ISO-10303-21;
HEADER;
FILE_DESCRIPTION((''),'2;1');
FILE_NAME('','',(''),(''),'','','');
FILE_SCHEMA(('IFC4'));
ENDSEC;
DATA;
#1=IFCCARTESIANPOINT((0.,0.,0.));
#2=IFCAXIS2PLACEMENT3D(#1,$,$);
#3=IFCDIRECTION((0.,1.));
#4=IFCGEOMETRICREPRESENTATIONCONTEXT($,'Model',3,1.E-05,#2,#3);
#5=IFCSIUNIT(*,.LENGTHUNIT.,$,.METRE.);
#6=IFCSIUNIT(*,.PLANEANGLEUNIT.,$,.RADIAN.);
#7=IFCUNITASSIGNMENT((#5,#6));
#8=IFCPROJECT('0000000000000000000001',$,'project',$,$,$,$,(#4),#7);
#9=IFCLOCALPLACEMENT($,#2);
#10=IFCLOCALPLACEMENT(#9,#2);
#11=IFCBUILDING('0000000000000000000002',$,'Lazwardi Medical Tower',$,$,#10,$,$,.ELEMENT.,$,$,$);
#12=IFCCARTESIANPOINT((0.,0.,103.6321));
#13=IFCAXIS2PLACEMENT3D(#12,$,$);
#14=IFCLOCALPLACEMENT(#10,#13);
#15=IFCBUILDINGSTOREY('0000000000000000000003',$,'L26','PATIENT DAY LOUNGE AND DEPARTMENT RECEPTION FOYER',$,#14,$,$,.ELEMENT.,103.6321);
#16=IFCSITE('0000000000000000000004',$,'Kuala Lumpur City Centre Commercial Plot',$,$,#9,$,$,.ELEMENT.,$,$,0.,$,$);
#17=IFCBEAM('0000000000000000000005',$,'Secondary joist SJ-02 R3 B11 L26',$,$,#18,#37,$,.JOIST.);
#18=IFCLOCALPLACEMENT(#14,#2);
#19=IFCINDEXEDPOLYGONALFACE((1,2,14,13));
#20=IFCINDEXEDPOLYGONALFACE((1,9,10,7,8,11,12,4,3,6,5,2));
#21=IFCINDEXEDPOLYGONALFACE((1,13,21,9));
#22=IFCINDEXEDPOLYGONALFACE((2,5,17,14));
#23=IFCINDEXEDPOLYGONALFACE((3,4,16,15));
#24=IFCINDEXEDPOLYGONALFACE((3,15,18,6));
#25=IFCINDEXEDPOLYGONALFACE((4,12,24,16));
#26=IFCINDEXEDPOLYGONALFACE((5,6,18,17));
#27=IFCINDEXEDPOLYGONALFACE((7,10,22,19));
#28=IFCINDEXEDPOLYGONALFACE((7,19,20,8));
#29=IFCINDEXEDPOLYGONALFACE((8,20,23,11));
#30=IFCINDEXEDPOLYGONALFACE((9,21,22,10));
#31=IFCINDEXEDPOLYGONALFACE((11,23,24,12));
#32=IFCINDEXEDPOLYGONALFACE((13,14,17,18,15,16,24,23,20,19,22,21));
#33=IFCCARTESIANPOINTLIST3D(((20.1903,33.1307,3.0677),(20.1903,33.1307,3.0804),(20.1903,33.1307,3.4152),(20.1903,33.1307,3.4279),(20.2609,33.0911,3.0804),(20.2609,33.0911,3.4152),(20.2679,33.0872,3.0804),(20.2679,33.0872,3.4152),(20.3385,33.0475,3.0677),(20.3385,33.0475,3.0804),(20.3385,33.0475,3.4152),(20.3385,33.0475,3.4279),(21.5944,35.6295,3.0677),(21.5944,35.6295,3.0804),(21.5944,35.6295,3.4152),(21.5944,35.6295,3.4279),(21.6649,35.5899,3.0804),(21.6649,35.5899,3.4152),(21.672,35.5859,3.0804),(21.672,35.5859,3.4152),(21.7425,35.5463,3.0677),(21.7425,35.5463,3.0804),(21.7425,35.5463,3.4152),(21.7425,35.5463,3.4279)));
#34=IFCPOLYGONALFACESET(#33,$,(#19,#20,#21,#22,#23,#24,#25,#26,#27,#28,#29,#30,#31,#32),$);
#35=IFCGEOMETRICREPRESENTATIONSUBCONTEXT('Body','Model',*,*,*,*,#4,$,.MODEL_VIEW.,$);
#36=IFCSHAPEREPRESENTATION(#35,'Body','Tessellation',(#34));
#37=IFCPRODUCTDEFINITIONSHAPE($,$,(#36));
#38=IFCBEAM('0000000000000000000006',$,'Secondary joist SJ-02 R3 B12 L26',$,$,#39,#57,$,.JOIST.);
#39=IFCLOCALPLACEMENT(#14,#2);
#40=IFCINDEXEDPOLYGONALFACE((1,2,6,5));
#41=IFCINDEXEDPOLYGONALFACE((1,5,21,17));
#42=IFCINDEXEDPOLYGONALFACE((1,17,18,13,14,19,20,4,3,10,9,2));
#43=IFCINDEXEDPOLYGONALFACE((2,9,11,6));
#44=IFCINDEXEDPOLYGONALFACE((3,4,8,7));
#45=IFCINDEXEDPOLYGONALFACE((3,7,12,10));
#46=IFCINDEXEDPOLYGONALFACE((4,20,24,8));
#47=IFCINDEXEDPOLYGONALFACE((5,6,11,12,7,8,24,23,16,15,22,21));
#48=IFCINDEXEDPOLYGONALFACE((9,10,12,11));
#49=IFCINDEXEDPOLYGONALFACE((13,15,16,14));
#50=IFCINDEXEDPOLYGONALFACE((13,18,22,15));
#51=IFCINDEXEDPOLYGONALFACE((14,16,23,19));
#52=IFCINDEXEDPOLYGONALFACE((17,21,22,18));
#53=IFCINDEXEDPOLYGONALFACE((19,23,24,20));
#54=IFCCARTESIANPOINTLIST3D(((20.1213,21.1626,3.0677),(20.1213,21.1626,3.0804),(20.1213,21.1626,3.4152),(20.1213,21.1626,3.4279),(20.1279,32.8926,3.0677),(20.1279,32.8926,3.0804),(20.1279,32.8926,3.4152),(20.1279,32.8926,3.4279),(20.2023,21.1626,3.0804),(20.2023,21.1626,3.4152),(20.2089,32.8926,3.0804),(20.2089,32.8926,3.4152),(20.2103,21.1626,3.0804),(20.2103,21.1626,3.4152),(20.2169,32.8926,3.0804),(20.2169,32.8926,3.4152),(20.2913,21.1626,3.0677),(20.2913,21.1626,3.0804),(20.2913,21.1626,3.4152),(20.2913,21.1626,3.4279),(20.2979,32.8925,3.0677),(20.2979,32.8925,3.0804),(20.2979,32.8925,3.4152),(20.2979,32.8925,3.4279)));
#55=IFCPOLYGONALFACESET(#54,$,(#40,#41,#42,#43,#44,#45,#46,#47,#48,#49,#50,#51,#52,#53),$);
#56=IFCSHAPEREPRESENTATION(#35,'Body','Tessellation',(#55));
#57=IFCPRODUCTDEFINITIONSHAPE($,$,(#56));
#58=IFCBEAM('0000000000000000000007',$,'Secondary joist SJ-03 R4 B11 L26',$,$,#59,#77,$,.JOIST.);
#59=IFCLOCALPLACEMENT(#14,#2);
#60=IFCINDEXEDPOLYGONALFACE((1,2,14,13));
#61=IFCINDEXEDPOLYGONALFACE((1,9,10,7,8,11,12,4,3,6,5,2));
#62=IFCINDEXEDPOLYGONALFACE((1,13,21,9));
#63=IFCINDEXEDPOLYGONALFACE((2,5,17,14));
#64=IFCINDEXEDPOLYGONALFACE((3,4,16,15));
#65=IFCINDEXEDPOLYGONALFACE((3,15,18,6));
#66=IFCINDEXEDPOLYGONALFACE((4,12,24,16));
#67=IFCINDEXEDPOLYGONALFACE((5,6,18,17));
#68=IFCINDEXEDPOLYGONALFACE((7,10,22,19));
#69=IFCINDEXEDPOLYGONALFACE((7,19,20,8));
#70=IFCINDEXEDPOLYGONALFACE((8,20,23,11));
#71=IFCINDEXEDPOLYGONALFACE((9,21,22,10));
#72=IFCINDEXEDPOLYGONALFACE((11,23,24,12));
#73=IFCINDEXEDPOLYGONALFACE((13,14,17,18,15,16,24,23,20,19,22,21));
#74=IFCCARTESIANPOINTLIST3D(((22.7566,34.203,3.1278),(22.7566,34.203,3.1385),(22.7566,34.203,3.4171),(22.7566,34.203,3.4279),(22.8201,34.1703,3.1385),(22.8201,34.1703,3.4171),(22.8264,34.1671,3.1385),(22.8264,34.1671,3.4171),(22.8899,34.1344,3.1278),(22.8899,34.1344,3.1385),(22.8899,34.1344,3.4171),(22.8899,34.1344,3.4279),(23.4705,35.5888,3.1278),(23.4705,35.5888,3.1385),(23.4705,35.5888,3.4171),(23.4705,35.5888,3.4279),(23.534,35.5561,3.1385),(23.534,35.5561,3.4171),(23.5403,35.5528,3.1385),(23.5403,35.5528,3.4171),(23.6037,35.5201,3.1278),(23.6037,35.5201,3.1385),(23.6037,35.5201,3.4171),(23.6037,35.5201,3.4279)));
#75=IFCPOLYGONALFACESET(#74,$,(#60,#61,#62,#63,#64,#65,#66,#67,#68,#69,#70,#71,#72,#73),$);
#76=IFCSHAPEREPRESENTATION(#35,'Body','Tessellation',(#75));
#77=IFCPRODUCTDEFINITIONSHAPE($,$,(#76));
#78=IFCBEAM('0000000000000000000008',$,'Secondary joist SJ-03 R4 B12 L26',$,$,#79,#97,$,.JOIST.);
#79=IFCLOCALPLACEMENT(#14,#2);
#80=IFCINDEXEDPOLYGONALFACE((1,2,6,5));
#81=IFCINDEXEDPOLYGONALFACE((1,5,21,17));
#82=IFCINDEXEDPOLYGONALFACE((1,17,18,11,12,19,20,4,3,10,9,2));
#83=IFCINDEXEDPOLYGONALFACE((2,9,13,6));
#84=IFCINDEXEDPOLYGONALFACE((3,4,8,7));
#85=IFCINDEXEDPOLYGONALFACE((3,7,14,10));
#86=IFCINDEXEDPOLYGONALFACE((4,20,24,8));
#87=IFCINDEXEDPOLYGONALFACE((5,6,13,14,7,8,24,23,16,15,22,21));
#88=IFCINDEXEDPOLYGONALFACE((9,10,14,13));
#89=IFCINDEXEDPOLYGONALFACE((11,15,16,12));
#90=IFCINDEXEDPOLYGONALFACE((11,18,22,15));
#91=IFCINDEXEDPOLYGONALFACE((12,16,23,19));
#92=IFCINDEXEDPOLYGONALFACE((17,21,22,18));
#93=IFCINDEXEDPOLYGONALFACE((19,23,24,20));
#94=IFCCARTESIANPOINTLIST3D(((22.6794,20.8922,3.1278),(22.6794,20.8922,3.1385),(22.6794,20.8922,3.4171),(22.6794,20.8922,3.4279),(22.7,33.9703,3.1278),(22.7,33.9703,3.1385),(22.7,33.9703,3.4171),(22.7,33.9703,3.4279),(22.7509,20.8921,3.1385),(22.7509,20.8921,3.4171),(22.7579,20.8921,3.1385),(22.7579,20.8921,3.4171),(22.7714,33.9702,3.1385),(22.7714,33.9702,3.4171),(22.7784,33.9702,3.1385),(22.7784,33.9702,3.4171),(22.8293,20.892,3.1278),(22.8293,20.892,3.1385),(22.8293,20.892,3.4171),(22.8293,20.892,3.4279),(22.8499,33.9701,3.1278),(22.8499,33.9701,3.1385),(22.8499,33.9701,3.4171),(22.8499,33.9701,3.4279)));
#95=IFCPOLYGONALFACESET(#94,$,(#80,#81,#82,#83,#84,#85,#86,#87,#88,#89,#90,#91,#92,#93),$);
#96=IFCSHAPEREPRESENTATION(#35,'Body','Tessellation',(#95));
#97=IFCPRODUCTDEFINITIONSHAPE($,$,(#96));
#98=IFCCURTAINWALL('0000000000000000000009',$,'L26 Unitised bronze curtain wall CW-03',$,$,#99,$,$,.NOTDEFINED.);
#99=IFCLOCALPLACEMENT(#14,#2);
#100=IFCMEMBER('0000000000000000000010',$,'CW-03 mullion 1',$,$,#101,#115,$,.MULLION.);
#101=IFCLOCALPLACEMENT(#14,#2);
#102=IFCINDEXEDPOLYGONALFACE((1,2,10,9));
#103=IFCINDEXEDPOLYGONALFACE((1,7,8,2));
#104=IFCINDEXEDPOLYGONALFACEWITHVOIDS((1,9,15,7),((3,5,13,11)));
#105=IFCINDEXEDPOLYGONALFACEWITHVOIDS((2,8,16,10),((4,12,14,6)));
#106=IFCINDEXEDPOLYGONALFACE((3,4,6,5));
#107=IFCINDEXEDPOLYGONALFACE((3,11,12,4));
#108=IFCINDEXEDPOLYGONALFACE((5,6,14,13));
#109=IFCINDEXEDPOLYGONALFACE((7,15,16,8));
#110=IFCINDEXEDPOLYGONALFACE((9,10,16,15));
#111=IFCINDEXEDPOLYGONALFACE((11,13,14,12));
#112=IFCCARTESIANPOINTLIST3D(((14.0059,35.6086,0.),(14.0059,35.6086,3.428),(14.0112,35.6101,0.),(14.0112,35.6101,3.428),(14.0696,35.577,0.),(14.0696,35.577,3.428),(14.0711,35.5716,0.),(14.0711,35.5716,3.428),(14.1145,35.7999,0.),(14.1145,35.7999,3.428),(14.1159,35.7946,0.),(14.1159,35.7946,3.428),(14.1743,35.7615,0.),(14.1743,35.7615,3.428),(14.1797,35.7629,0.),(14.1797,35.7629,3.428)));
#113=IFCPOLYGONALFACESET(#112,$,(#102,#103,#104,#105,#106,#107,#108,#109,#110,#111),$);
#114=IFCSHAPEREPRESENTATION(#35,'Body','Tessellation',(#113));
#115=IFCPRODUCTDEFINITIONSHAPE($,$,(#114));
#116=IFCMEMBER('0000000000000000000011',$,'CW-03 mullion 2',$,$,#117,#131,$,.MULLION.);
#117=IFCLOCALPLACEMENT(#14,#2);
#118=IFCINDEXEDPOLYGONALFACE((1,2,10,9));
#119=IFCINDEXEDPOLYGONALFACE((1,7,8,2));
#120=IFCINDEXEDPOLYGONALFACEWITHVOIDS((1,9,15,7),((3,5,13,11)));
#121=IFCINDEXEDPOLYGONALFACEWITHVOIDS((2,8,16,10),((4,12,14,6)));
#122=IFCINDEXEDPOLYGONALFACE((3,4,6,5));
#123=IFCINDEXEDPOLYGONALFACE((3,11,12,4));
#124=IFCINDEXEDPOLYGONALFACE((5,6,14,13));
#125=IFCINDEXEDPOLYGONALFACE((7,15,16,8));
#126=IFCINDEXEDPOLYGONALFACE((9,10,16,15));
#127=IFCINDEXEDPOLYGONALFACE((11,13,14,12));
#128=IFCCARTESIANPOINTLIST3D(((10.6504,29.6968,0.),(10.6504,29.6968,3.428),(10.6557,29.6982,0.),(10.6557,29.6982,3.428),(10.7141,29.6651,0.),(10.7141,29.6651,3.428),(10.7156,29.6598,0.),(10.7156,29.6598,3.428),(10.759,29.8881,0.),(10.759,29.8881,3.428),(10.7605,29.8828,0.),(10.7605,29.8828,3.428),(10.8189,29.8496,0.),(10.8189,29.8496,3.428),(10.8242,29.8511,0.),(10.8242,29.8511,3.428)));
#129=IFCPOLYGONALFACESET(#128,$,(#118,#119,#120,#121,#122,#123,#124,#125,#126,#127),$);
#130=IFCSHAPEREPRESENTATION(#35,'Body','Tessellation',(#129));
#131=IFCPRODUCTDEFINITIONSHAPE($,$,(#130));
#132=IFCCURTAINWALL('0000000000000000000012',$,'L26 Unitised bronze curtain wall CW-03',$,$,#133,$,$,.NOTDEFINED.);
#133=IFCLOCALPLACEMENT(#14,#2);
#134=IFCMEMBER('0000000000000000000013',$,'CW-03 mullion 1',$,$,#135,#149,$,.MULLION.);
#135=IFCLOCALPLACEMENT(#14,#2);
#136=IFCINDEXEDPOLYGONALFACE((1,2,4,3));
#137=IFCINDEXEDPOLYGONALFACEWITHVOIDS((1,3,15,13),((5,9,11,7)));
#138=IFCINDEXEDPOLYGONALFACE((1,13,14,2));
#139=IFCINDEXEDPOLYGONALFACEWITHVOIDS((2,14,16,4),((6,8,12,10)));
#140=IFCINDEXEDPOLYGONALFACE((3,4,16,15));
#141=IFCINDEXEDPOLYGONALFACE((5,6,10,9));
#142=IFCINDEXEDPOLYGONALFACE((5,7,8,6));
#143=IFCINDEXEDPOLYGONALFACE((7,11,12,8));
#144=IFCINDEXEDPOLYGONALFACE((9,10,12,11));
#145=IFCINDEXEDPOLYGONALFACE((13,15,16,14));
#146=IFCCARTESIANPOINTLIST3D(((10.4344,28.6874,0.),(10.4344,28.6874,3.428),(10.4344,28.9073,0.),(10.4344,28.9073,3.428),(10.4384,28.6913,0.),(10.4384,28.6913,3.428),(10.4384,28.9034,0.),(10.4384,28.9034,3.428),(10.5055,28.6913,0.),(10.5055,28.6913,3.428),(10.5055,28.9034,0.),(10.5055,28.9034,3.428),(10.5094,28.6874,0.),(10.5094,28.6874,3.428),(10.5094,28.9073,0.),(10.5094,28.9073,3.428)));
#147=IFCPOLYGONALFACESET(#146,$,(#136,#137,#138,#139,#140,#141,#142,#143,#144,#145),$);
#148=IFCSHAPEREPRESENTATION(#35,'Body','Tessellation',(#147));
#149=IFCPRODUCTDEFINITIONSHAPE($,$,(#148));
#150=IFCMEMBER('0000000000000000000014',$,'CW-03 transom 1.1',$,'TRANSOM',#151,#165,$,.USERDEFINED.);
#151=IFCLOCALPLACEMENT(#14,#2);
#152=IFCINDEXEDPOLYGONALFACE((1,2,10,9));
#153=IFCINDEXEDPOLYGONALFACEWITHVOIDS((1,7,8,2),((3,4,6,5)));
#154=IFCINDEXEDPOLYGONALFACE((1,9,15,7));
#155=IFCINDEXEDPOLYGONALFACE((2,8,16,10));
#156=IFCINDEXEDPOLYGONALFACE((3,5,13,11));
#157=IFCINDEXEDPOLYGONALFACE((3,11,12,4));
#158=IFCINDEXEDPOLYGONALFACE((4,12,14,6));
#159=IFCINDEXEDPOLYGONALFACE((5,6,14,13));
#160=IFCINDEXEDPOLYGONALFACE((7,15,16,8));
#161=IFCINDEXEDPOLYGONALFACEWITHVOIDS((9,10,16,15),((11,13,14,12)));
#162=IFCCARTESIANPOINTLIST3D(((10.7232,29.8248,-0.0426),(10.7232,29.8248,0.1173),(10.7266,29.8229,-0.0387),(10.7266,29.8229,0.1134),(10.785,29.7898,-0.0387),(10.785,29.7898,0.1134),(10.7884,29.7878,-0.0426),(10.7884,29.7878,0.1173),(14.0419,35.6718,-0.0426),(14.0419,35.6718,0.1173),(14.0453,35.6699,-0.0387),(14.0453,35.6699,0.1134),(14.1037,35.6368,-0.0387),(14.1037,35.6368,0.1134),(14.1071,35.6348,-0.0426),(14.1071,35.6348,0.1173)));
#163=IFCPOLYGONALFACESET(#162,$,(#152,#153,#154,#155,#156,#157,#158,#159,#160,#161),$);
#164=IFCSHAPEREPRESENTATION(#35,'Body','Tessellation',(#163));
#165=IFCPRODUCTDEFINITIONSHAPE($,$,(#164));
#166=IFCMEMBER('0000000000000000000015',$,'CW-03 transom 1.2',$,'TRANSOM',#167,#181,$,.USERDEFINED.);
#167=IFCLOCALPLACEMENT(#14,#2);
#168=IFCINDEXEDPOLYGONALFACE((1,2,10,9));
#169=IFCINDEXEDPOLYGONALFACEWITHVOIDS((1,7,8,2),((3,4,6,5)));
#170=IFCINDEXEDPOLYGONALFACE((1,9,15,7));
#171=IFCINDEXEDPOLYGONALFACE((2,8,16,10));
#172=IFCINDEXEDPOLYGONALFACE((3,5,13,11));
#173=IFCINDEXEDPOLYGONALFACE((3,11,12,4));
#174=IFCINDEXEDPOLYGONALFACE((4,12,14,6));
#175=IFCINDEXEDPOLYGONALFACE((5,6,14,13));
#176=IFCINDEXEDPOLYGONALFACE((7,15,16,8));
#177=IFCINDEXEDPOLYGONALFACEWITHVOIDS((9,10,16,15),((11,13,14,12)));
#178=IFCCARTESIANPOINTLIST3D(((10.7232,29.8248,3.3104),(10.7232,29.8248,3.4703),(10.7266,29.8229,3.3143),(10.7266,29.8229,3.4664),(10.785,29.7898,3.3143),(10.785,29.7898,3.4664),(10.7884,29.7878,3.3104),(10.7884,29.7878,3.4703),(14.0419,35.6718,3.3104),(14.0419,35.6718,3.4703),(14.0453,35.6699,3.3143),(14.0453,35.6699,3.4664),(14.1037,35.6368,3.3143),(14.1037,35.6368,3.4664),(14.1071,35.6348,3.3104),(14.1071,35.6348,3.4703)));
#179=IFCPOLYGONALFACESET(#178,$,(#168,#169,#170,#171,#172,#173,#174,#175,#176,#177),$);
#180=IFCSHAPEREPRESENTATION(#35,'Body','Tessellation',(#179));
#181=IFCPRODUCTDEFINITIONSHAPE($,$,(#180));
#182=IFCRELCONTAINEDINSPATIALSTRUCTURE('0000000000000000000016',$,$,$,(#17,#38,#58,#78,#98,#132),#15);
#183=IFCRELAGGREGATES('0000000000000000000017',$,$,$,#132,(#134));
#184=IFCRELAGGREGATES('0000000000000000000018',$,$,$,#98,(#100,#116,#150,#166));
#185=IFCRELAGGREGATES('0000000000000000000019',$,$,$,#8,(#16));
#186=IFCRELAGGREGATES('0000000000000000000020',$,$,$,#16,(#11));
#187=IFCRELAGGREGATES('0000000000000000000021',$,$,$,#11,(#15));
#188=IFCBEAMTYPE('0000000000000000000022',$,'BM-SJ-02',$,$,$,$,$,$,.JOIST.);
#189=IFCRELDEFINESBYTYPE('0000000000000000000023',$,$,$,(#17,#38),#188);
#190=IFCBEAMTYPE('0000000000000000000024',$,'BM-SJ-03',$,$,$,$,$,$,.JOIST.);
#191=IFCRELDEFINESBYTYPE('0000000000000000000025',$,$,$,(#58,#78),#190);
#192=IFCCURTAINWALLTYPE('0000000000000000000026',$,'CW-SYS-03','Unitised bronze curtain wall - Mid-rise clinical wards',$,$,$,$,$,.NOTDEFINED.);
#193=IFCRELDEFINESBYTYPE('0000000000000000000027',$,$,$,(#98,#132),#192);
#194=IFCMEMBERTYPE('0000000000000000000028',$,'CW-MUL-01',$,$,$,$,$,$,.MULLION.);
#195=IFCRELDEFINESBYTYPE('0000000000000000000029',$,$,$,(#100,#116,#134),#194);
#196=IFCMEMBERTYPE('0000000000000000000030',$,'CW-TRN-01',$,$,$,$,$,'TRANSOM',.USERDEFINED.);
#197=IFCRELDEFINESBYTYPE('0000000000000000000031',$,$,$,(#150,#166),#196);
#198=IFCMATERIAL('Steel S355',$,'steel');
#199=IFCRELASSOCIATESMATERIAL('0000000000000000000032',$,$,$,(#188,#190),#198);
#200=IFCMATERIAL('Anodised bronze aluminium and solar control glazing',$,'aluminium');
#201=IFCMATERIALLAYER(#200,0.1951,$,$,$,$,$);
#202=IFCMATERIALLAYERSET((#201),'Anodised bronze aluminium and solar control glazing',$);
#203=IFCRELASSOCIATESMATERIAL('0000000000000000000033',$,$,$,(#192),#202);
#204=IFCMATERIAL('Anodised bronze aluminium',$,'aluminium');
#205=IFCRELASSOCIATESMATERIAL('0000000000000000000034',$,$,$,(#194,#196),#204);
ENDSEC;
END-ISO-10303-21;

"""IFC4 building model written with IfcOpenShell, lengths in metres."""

from ifc_helpers import new_model, si_unit, direction, frame, origin, origin_2d, place, context, subcontext, project, spatial, hollow_rectangle, i_section, extrude, material, layer, layer_set, material_profile, profile_set, type_object, element, aggregate, save


model = new_model("IFC4")

# Units and contexts
model_context = context("Model", 3, precision=1e-05, world=origin(), true_north=direction((0.0, 1.0)))
body_context = subcontext(model_context, "Body", "Model", "MODEL_VIEW")
ifc_project = project(units=[si_unit("LENGTHUNIT", "METRE"), si_unit("PLANEANGLEUNIT", "RADIAN")], contexts=[model_context])

# Site, building, storey
site_placement = place(None, origin())
site = spatial("IfcSite", under=ifc_project, at=site_placement, Name="Kuala Lumpur City Centre Commercial Plot", CompositionType="ELEMENT", RefElevation=0.0)
building_placement = place(site_placement, origin())
building = spatial("IfcBuilding", under=site, at=building_placement, Name="Lazwardi Medical Tower", CompositionType="ELEMENT")
storey_placement = place(building_placement, frame((0.0, 0.0, 103.6321)))
storey = spatial("IfcBuildingStorey", under=building, at=storey_placement, Name="L26", Description="PATIENT DAY LOUNGE AND DEPARTMENT RECEPTION FOYER", CompositionType="ELEMENT", Elevation=103.6321)

# Beams
ifc_material_1 = material(Name="Steel S355", Category="steel")
ifc_material_profile_1 = material_profile(ifc_material_1, i_section(OverallWidth=0.1699, OverallDepth=0.3601, WebThickness=0.0081, FlangeThickness=0.0127, at=origin_2d()), Name="IPE 360")
ifc_profile_set_1 = profile_set([ifc_material_profile_1], Name="Steel S355")
beam_type_1 = type_object("IfcBeamType", Name="BM-SJ-02", PredefinedType="JOIST", material=ifc_profile_set_1)
beam_1_placement = place(storey_placement, frame((21.6685, 35.5879, 3.2478), z_axis=(-0.489861, -0.871801, 0.0), x_axis=(0.871801, -0.489861, 0.0)))
element("IfcBeam", 1, at=beam_1_placement, inside=storey, type_object=beam_type_1, Name="Secondary joist SJ-02 R3 B11 L26", PredefinedType="JOIST", context=body_context, shape_type="SweptSolid", body=[
    extrude(i_section(OverallWidth=0.1699, OverallDepth=0.3601, WebThickness=0.0081, FlangeThickness=0.0127, at=origin_2d()), origin(), (0.0, 0.0, 1.0), 2.8662),
])
beam_2_placement = place(storey_placement, frame((20.2129, 32.8926, 3.2478), z_axis=(-0.000562, -1.0, 0.0), x_axis=(1.0, -0.000562, 0.0)))
element("IfcBeam", 2, at=beam_2_placement, inside=storey, type_object=beam_type_1, Name="Secondary joist SJ-02 R3 B12 L26", PredefinedType="JOIST", context=body_context, shape_type="SweptSolid", body=[
    extrude(i_section(OverallWidth=0.1699, OverallDepth=0.3601, WebThickness=0.0081, FlangeThickness=0.0127, at=origin_2d()), origin(), (0.0, 0.0, 1.0), 11.73),
])
ifc_material_profile_2 = material_profile(ifc_material_1, i_section(OverallWidth=0.1499, OverallDepth=0.3, WebThickness=0.0071, FlangeThickness=0.0107, at=origin_2d()), Name="IPE 300")
ifc_profile_set_2 = profile_set([ifc_material_profile_2], Name="Steel S355")
beam_type_2 = type_object("IfcBeamType", Name="BM-SJ-03", PredefinedType="JOIST", material=ifc_profile_set_2)
beam_3_placement = place(storey_placement, frame((23.5371, 35.5544, 3.2778), z_axis=(-0.457957, -0.888975, 0.0), x_axis=(0.888975, -0.457957, 0.0)))
element("IfcBeam", 3, at=beam_3_placement, inside=storey, type_object=beam_type_2, Name="Secondary joist SJ-03 R4 B11 L26", PredefinedType="JOIST", context=body_context, shape_type="SweptSolid", body=[
    extrude(i_section(OverallWidth=0.1499, OverallDepth=0.3, WebThickness=0.0071, FlangeThickness=0.0107, at=origin_2d()), origin(), (0.0, 0.0, 1.0), 1.5588),
])
beam_4_placement = place(storey_placement, frame((22.7749, 33.9702, 3.2778), z_axis=(-0.001568, -0.999999, 0.0), x_axis=(0.999999, -0.001568, 0.0)))
element("IfcBeam", 4, at=beam_4_placement, inside=storey, type_object=beam_type_2, Name="Secondary joist SJ-03 R4 B12 L26", PredefinedType="JOIST", context=body_context, shape_type="SweptSolid", body=[
    extrude(i_section(OverallWidth=0.1499, OverallDepth=0.3, WebThickness=0.0071, FlangeThickness=0.0107, at=origin_2d()), origin(), (0.0, 0.0, 1.0), 13.0781),
])

# Curtain wall, members
ifc_material_2 = material(Name="Anodised bronze aluminium and solar control glazing", Category="aluminium")
ifc_layer_1 = layer(ifc_material_2, 0.1951)
ifc_layer_set_1 = layer_set([ifc_layer_1], Name="Anodised bronze aluminium and solar control glazing")
curtain_wall_type = type_object("IfcCurtainWallType", Name="CW-SYS-03", Description="Unitised bronze curtain wall - Mid-rise clinical wards", PredefinedType="NOTDEFINED", material=ifc_layer_set_1)
curtain_wall_1_placement = place(storey_placement, origin())
curtain_wall_1 = element("IfcCurtainWall", 5, at=curtain_wall_1_placement, inside=storey, type_object=curtain_wall_type, Name="L26 Unitised bronze curtain wall CW-03", PredefinedType="NOTDEFINED")
ifc_material_3 = material(Name="Anodised bronze aluminium", Category="aluminium")
ifc_material_profile_3 = material_profile(ifc_material_3, hollow_rectangle(XDim=0.075, YDim=0.22, WallThickness=0.0039, at=origin_2d()), Name="ALU-MULLION 220x75x4")
ifc_profile_set_3 = profile_set([ifc_material_profile_3], Name="Anodised bronze aluminium")
member_type_1 = type_object("IfcMemberType", Name="CW-MUL-01", PredefinedType="MULLION", material=ifc_profile_set_3)
member_1_placement = place(storey_placement, frame((14.0928, 35.6858, 0.0), z_axis=(0.0, 0.0, 1.0), x_axis=(0.869687, -0.493603, 0.0)))
member_1 = element("IfcMember", 6, at=member_1_placement, type_object=member_type_1, Name="CW-03 mullion 1", PredefinedType="MULLION", context=body_context, shape_type="SweptSolid", body=[
    extrude(hollow_rectangle(XDim=0.075, YDim=0.22, WallThickness=0.0039, at=origin_2d()), origin(), (0.0, 0.0, 1.0), 3.428),
])
member_2_placement = place(storey_placement, frame((10.7373, 29.7739, 0.0), z_axis=(0.0, 0.0, 1.0), x_axis=(0.869687, -0.493603, 0.0)))
member_2 = element("IfcMember", 7, at=member_2_placement, type_object=member_type_1, Name="CW-03 mullion 2", PredefinedType="MULLION", context=body_context, shape_type="SweptSolid", body=[
    extrude(hollow_rectangle(XDim=0.075, YDim=0.22, WallThickness=0.0039, at=origin_2d()), origin(), (0.0, 0.0, 1.0), 3.428),
])

# Curtain wall, member
curtain_wall_2_placement = place(storey_placement, origin())
curtain_wall_2 = element("IfcCurtainWall", 8, at=curtain_wall_2_placement, inside=storey, type_object=curtain_wall_type, Name="L26 Unitised bronze curtain wall CW-03", PredefinedType="NOTDEFINED")
member_3_placement = place(storey_placement, frame((10.4719, 28.7974, 0.0), z_axis=(0.0, 0.0, 1.0), x_axis=(1.0, 0.0, 0.0)))
member_3 = element("IfcMember", 9, at=member_3_placement, type_object=member_type_1, Name="CW-03 mullion 1", PredefinedType="MULLION", context=body_context, shape_type="SweptSolid", body=[
    extrude(hollow_rectangle(XDim=0.075, YDim=0.22, WallThickness=0.0039, at=origin_2d()), origin(), (0.0, 0.0, 1.0), 3.428),
])

# Members
ifc_material_profile_4 = material_profile(ifc_material_3, hollow_rectangle(XDim=0.075, YDim=0.1599, WallThickness=0.0039, at=origin_2d()), Name="ALU-TRANSOM 160x75x4")
ifc_profile_set_4 = profile_set([ifc_material_profile_4], Name="Anodised bronze aluminium")
member_type_2 = type_object("IfcMemberType", Name="CW-TRN-01", ElementType="TRANSOM", PredefinedType="USERDEFINED", material=ifc_profile_set_4)
member_4_placement = place(storey_placement, frame((14.0745, 35.6533, 0.0374), z_axis=(-0.493614, -0.869681, 0.0), x_axis=(0.869681, -0.493614, 0.0)))
member_4 = element("IfcMember", 10, at=member_4_placement, type_object=member_type_2, Name="CW-03 transom 1.1", ObjectType="TRANSOM", PredefinedType="USERDEFINED", context=body_context, shape_type="SweptSolid", body=[
    extrude(hollow_rectangle(XDim=0.075, YDim=0.1599, WallThickness=0.0039, at=origin_2d()), origin(), (0.0, 0.0, 1.0), 6.7231),
])
member_5_placement = place(storey_placement, frame((14.0745, 35.6533, 3.3904), z_axis=(-0.493614, -0.869681, 0.0), x_axis=(0.869681, -0.493614, 0.0)))
member_5 = element("IfcMember", 11, at=member_5_placement, type_object=member_type_2, Name="CW-03 transom 1.2", ObjectType="TRANSOM", PredefinedType="USERDEFINED", context=body_context, shape_type="SweptSolid", body=[
    extrude(hollow_rectangle(XDim=0.075, YDim=0.1599, WallThickness=0.0039, at=origin_2d()), origin(), (0.0, 0.0, 1.0), 6.7231),
])
aggregate(curtain_wall_2, [member_3])

aggregate(curtain_wall_1, [member_1, member_2, member_4, member_5])

save(model, "model.ifc")
